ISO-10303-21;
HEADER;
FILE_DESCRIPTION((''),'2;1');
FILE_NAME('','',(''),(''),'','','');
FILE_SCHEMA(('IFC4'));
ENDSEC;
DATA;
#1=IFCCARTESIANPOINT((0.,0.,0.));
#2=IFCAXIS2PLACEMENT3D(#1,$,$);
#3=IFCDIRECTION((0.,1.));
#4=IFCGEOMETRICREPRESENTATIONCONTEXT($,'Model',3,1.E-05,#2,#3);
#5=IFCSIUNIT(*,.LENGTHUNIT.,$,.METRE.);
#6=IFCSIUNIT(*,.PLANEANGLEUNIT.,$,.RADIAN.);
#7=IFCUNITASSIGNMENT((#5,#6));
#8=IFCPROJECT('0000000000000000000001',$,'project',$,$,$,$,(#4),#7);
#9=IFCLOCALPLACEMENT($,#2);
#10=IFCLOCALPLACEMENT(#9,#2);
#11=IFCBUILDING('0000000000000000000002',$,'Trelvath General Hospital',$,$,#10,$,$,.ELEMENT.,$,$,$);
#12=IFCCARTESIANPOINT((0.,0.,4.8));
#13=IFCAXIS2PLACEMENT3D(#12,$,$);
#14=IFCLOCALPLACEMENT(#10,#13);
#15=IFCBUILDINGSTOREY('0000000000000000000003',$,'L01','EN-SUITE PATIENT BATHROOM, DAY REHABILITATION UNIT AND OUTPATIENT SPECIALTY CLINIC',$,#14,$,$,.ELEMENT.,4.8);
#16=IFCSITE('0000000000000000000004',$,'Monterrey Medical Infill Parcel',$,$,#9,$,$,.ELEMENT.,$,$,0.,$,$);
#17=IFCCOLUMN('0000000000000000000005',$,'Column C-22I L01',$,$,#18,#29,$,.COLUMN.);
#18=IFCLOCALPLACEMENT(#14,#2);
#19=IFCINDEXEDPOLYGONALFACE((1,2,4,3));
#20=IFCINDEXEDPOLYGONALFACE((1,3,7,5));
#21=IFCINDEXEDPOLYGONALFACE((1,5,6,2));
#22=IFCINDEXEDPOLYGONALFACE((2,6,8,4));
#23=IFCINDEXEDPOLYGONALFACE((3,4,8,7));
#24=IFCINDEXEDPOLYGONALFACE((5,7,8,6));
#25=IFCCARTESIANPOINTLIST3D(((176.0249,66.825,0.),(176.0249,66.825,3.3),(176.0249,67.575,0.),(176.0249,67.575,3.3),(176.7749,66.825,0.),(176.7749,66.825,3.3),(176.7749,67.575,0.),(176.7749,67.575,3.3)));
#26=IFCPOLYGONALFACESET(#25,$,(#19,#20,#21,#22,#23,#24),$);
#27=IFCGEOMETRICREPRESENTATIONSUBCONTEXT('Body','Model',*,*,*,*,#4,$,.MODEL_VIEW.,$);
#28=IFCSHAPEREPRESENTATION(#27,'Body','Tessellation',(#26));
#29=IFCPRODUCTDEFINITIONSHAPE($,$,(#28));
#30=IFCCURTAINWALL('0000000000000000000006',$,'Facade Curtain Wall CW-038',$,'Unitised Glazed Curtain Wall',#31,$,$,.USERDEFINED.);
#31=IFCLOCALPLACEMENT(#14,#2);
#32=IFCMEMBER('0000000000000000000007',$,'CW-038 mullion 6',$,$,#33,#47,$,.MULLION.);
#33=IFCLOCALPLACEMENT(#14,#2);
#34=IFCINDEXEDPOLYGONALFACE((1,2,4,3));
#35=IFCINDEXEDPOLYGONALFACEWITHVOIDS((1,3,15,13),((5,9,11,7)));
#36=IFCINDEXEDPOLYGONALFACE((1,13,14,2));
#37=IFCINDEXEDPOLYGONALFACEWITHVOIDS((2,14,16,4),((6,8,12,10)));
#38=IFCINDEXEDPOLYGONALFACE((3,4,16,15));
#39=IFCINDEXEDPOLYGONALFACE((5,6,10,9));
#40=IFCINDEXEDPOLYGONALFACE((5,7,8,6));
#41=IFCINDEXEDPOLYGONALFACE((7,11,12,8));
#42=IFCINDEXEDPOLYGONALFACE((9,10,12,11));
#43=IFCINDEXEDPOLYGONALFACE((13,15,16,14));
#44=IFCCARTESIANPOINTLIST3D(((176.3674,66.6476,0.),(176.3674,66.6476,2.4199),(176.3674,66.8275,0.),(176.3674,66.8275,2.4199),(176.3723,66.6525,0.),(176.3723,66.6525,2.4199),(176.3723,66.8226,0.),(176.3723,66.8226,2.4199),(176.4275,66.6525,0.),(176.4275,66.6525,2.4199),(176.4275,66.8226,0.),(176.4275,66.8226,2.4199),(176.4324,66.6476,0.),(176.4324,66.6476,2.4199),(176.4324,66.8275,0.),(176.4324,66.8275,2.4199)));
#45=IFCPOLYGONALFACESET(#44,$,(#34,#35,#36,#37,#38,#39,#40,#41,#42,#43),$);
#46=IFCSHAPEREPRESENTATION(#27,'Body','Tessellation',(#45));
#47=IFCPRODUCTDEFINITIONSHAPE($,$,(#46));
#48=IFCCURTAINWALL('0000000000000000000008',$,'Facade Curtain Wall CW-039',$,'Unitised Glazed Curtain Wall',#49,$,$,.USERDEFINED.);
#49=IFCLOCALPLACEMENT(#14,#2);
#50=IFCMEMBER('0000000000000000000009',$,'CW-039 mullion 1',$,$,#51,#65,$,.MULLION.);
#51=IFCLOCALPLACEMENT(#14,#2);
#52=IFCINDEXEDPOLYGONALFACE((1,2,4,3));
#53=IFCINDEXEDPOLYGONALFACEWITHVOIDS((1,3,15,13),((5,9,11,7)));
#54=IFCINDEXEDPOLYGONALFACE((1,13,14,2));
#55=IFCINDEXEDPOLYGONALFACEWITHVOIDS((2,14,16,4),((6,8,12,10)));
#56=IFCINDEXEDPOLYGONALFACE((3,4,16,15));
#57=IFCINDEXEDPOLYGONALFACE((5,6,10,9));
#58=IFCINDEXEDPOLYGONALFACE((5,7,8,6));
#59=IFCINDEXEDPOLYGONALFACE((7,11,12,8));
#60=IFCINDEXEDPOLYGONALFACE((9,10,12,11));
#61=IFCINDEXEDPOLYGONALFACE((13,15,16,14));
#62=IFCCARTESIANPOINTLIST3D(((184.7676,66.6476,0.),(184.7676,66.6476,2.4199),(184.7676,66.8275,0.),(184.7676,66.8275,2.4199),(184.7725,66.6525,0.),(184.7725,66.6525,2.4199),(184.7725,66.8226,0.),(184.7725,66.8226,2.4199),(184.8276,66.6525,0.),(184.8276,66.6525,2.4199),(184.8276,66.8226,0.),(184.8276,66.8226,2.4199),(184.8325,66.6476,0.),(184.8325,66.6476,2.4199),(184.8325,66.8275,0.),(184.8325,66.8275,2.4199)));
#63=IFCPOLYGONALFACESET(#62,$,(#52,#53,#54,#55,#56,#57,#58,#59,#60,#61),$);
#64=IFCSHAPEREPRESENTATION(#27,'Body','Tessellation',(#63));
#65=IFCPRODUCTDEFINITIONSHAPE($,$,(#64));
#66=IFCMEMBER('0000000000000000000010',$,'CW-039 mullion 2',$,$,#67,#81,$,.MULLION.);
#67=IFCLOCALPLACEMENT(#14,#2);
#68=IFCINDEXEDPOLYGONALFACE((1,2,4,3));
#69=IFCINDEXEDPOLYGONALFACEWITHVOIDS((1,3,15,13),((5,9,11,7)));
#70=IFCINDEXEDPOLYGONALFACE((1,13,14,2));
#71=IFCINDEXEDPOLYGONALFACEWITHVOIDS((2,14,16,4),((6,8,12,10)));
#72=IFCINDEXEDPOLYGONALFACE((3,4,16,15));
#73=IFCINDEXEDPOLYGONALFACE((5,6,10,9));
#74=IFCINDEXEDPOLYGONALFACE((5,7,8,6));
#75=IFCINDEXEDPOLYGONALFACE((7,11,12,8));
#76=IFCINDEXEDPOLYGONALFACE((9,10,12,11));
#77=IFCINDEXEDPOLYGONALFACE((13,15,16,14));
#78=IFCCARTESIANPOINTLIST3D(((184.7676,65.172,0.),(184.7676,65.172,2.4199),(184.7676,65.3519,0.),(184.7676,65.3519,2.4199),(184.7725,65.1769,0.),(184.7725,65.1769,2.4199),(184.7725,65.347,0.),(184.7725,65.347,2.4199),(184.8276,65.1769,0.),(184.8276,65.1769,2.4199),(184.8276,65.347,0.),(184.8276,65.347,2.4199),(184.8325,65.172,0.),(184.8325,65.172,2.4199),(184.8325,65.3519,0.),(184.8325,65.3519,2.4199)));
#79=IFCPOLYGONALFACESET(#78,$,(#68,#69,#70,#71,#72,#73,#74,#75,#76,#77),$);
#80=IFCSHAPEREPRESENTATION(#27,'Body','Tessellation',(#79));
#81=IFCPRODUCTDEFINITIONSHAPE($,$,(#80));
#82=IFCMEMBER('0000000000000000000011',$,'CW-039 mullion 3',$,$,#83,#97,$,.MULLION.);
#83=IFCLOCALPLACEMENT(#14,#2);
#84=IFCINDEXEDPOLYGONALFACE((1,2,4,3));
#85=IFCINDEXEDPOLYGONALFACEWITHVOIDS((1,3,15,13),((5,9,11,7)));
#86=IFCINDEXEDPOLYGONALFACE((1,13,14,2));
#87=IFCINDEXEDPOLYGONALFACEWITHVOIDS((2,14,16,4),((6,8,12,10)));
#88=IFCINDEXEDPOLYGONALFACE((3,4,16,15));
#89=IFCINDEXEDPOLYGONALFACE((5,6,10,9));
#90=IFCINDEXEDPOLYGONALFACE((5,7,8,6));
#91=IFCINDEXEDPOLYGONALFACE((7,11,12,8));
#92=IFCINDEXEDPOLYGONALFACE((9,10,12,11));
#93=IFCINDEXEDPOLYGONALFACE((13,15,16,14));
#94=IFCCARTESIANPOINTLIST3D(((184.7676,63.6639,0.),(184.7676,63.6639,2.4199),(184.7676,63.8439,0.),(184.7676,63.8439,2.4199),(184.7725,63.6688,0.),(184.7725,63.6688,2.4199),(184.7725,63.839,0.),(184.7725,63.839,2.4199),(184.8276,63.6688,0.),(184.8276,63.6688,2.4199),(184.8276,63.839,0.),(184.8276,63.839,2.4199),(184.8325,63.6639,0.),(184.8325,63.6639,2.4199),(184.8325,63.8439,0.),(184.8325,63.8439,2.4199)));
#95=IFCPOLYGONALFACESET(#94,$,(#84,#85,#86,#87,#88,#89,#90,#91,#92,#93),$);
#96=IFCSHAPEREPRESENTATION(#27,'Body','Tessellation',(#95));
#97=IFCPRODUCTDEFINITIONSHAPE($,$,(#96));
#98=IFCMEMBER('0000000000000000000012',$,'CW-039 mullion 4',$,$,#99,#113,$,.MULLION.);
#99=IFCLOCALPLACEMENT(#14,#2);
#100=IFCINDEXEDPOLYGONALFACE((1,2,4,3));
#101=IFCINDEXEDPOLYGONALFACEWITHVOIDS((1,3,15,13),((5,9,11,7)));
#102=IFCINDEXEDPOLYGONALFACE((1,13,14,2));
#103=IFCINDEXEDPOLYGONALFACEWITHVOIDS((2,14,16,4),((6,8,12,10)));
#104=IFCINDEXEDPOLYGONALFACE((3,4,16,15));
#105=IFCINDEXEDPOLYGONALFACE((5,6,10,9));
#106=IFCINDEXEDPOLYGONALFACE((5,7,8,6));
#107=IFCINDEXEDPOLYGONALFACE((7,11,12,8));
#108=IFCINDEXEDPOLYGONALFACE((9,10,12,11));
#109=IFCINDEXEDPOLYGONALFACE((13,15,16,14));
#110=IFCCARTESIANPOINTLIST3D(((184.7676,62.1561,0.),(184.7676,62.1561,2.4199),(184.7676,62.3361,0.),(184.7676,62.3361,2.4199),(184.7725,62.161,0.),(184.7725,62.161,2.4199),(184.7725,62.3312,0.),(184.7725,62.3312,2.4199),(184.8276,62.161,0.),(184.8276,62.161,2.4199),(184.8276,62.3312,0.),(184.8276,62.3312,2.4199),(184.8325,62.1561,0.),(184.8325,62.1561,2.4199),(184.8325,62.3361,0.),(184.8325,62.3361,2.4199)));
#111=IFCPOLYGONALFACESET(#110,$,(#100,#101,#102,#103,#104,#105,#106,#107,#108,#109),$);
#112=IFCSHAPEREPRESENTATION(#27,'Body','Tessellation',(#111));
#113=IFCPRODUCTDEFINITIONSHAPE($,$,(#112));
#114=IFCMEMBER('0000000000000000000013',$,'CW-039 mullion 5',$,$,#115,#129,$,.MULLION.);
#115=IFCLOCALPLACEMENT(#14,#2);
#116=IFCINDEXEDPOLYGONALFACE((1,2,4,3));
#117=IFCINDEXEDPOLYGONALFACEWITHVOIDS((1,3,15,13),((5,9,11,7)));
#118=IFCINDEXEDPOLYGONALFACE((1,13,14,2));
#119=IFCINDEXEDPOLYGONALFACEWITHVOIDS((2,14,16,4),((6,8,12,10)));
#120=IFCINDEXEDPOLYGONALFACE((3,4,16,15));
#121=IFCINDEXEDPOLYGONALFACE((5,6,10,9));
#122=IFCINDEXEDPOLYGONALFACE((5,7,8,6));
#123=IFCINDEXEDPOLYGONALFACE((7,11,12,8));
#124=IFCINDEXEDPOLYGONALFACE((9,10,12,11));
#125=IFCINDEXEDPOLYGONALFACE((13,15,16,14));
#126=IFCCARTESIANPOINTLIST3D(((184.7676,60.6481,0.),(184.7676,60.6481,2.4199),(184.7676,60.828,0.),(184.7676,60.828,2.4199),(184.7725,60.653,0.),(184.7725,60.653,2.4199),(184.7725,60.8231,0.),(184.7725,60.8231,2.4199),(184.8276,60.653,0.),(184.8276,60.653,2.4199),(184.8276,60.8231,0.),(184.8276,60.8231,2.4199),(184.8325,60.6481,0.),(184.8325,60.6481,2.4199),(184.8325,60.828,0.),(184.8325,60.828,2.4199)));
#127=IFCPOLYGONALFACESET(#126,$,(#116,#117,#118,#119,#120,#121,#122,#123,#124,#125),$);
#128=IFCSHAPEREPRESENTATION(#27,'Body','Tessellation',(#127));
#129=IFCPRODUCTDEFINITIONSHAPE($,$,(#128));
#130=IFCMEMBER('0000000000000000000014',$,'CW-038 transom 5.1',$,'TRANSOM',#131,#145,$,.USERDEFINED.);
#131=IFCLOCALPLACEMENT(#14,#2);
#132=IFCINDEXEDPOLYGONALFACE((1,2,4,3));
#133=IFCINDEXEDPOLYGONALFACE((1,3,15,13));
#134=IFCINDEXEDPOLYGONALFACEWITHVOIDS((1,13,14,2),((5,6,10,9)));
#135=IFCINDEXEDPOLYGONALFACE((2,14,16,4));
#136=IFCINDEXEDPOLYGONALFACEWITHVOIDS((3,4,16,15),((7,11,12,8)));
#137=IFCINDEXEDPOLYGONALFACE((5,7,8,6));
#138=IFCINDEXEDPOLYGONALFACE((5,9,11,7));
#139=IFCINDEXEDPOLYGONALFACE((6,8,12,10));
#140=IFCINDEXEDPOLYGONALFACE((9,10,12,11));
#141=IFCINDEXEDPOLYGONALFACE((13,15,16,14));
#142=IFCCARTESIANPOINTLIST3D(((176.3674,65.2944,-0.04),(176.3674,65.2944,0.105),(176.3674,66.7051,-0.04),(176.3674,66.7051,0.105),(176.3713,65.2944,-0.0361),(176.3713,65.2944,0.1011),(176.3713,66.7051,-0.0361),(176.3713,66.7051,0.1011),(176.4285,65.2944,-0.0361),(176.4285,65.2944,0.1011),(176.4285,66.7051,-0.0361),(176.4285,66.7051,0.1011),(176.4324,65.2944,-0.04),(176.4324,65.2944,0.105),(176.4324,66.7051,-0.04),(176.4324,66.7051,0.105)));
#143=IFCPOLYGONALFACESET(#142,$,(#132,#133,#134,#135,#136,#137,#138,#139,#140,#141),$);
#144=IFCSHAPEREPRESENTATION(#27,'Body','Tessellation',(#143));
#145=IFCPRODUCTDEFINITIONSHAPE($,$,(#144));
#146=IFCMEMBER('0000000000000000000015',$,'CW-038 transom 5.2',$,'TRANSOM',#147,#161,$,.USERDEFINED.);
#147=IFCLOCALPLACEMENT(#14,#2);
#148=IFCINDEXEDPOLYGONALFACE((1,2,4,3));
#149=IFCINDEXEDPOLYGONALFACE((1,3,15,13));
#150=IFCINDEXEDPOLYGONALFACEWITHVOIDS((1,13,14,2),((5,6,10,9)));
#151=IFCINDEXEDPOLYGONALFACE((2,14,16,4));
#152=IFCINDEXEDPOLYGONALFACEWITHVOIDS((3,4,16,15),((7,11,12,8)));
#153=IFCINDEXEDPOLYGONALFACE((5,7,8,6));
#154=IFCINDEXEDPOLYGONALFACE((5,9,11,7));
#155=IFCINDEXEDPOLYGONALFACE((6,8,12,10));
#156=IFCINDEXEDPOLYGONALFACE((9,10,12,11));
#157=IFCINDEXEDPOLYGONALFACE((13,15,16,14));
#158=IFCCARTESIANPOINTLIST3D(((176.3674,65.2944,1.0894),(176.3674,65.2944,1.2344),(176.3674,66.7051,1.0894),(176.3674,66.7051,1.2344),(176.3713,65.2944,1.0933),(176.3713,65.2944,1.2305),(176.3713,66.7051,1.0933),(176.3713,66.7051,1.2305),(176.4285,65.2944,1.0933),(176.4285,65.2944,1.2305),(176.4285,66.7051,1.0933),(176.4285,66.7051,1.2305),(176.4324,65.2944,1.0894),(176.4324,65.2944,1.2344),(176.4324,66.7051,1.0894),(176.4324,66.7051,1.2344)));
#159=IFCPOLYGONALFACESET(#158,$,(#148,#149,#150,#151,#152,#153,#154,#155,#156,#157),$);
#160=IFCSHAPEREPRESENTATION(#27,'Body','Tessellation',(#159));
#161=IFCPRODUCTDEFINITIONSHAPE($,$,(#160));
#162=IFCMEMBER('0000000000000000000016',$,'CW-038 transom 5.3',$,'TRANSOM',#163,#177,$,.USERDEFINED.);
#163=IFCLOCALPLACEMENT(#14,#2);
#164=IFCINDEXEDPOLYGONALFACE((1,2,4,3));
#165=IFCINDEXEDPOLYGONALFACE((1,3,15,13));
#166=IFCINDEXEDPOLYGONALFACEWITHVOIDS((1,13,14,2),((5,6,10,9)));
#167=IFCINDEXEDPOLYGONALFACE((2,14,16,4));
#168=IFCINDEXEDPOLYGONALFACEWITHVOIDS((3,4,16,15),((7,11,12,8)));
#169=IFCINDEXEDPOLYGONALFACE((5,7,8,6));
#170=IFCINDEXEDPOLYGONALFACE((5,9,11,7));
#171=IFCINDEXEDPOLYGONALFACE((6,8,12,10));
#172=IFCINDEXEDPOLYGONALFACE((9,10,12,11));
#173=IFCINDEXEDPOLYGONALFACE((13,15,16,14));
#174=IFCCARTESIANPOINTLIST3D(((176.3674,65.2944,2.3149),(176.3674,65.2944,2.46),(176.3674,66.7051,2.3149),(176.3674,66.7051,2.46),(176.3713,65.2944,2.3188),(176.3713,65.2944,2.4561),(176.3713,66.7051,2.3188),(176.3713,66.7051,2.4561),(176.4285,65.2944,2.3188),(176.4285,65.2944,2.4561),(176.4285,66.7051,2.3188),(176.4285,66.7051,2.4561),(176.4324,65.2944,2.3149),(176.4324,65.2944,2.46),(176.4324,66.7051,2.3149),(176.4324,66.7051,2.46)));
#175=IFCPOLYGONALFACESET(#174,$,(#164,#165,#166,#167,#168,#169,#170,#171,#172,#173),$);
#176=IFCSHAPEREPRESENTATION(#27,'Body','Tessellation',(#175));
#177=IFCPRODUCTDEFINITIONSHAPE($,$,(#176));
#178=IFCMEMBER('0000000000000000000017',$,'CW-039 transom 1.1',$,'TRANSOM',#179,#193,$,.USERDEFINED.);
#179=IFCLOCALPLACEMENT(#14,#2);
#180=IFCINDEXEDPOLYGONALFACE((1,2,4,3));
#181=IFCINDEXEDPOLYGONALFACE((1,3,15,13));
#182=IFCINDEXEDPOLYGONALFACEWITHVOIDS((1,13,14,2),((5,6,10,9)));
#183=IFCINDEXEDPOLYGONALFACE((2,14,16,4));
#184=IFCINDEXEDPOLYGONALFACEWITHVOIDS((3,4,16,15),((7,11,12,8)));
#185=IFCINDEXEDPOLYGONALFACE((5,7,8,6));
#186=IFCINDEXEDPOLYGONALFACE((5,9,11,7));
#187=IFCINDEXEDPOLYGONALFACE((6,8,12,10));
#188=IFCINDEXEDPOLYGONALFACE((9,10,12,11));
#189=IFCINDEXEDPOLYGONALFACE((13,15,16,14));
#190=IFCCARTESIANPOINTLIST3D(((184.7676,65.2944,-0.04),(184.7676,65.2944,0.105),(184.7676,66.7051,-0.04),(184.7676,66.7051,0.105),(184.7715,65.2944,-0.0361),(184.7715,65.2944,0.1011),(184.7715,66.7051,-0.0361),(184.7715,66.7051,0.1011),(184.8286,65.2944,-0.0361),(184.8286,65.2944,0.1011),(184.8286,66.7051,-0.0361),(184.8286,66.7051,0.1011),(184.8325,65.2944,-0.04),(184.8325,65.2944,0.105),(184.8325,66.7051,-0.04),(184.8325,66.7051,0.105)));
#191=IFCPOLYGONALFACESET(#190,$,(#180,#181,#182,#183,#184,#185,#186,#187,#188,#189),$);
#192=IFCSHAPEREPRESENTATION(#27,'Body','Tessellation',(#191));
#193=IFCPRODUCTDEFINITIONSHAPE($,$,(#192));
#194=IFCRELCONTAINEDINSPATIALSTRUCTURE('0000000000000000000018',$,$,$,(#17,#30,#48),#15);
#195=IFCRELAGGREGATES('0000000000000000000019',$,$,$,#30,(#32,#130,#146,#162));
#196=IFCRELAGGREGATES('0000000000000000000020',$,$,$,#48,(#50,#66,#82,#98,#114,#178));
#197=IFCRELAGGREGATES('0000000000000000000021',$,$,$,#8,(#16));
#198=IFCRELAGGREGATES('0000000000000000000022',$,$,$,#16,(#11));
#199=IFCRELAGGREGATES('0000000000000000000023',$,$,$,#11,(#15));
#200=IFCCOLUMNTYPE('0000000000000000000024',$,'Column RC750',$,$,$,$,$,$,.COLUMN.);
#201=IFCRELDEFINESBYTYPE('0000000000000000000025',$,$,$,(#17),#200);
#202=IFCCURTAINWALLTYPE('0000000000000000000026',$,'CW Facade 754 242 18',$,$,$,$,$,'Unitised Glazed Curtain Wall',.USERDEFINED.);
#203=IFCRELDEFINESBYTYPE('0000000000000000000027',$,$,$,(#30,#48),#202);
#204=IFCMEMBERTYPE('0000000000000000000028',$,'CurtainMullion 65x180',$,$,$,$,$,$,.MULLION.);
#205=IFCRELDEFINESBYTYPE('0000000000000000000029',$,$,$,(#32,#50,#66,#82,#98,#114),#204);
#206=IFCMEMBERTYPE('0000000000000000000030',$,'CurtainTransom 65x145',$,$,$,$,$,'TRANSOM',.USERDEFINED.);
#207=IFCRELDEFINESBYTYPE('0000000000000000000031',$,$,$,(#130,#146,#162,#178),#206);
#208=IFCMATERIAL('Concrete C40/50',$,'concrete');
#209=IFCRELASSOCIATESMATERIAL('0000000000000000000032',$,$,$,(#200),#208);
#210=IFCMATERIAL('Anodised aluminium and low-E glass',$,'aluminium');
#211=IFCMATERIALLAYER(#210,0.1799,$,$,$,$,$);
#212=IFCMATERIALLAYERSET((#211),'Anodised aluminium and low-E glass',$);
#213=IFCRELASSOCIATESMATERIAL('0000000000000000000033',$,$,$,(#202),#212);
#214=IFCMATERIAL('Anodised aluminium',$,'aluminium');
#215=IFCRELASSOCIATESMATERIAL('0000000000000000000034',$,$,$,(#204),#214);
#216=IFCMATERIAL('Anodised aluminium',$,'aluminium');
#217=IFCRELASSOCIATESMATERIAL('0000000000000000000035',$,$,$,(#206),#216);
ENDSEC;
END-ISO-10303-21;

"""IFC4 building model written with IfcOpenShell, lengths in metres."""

from ifc_helpers import new_model, si_unit, direction, frame, origin, origin_2d, place, context, subcontext, project, spatial, rectangle, hollow_rectangle, extrude, material, layer, layer_set, material_profile, profile_set, type_object, element, aggregate, save


model = new_model("IFC4")

# Units and contexts
model_context = context("Model", 3, precision=1e-05, world=origin(), true_north=direction((0.0, 1.0)))
body_context = subcontext(model_context, "Body", "Model", "MODEL_VIEW")
ifc_project = project(units=[si_unit("LENGTHUNIT", "METRE"), si_unit("PLANEANGLEUNIT", "RADIAN")], contexts=[model_context])

# Site, building, storey
site_placement = place(None, origin())
site = spatial("IfcSite", under=ifc_project, at=site_placement, Name="Monterrey Medical Infill Parcel", CompositionType="ELEMENT", RefElevation=0.0)
building_placement = place(site_placement, origin())
building = spatial("IfcBuilding", under=site, at=building_placement, Name="Trelvath General Hospital", CompositionType="ELEMENT")
storey_placement = place(building_placement, frame((0.0, 0.0, 4.8)))
storey = spatial("IfcBuildingStorey", under=building, at=storey_placement, Name="L01", Description="EN-SUITE PATIENT BATHROOM, DAY REHABILITATION UNIT AND OUTPATIENT SPECIALTY CLINIC", CompositionType="ELEMENT", Elevation=4.8)

# Column
ifc_material_1 = material(Name="Concrete C40/50", Category="concrete")
ifc_material_profile_1 = material_profile(ifc_material_1, rectangle(XDim=0.75, YDim=0.75, at=origin_2d()), Name="RC750x750")
ifc_profile_set_1 = profile_set([ifc_material_profile_1], Name="Concrete C40/50")
column_type = type_object("IfcColumnType", Name="Column RC750", PredefinedType="COLUMN", material=ifc_profile_set_1)
column_placement = place(storey_placement, frame((176.3999, 67.2, 0.0), z_axis=(0.0, 0.0, 1.0), x_axis=(1.0, 0.0, 0.0)))
element("IfcColumn", 1, at=column_placement, inside=storey, type_object=column_type, Name="Column C-22I L01", PredefinedType="COLUMN", context=body_context, shape_type="SweptSolid", body=[
    extrude(rectangle(XDim=0.75, YDim=0.75, at=origin_2d()), origin(), (0.0, 0.0, 1.0), 3.3),
])

# Curtain wall, member
ifc_material_2 = material(Name="Anodised aluminium and low-E glass", Category="aluminium")
ifc_layer_1 = layer(ifc_material_2, 0.1799)
ifc_layer_set_1 = layer_set([ifc_layer_1], Name="Anodised aluminium and low-E glass")
curtain_wall_type = type_object("IfcCurtainWallType", Name="CW Facade 754 242 18", ElementType="Unitised Glazed Curtain Wall", PredefinedType="USERDEFINED", material=ifc_layer_set_1)
curtain_wall_1_placement = place(storey_placement, origin())
curtain_wall_1 = element("IfcCurtainWall", 2, at=curtain_wall_1_placement, inside=storey, type_object=curtain_wall_type, Name="Facade Curtain Wall CW-038", ObjectType="Unitised Glazed Curtain Wall", PredefinedType="USERDEFINED")
ifc_material_3 = material(Name="Anodised aluminium", Category="aluminium")
ifc_material_profile_2 = material_profile(ifc_material_3, hollow_rectangle(XDim=0.0649, YDim=0.1799, WallThickness=0.0049, at=origin_2d()), Name="RHS65x180x5")
ifc_profile_set_2 = profile_set([ifc_material_profile_2], Name="Anodised aluminium")
member_type_1 = type_object("IfcMemberType", Name="CurtainMullion 65x180", PredefinedType="MULLION", material=ifc_profile_set_2)
member_1_placement = place(storey_placement, frame((176.3999, 66.7375, 0.0), z_axis=(0.0, 0.0, 1.0), x_axis=(-1.0, 0.0, 0.0)))
member_1 = element("IfcMember", 3, at=member_1_placement, type_object=member_type_1, Name="CW-038 mullion 6", PredefinedType="MULLION", context=body_context, shape_type="SweptSolid", body=[
    extrude(hollow_rectangle(XDim=0.0649, YDim=0.1799, WallThickness=0.0049, at=origin_2d()), origin(), (0.0, 0.0, 1.0), 2.4199),
])

# Curtain wall, members
curtain_wall_2_placement = place(storey_placement, origin())
curtain_wall_2 = element("IfcCurtainWall", 4, at=curtain_wall_2_placement, inside=storey, type_object=curtain_wall_type, Name="Facade Curtain Wall CW-039", ObjectType="Unitised Glazed Curtain Wall", PredefinedType="USERDEFINED")
member_2_placement = place(storey_placement, frame((184.8, 66.7375, 0.0), z_axis=(0.0, 0.0, 1.0), x_axis=(1.0, 0.0, 0.0)))
member_2 = element("IfcMember", 5, at=member_2_placement, type_object=member_type_1, Name="CW-039 mullion 1", PredefinedType="MULLION", context=body_context, shape_type="SweptSolid", body=[
    extrude(hollow_rectangle(XDim=0.0649, YDim=0.1799, WallThickness=0.0049, at=origin_2d()), origin(), (0.0, 0.0, 1.0), 2.4199),
])
member_3_placement = place(storey_placement, frame((184.8, 65.262, 0.0), z_axis=(0.0, 0.0, 1.0), x_axis=(1.0, 0.0, 0.0)))
member_3 = element("IfcMember", 6, at=member_3_placement, type_object=member_type_1, Name="CW-039 mullion 2", PredefinedType="MULLION", context=body_context, shape_type="SweptSolid", body=[
    extrude(hollow_rectangle(XDim=0.0649, YDim=0.1799, WallThickness=0.0049, at=origin_2d()), origin(), (0.0, 0.0, 1.0), 2.4199),
])
member_4_placement = place(storey_placement, frame((184.8, 63.7539, 0.0), z_axis=(0.0, 0.0, 1.0), x_axis=(1.0, 0.0, 0.0)))
member_4 = element("IfcMember", 7, at=member_4_placement, type_object=member_type_1, Name="CW-039 mullion 3", PredefinedType="MULLION", context=body_context, shape_type="SweptSolid", body=[
    extrude(hollow_rectangle(XDim=0.0649, YDim=0.1799, WallThickness=0.0049, at=origin_2d()), origin(), (0.0, 0.0, 1.0), 2.4199),
])
member_5_placement = place(storey_placement, frame((184.8, 62.2461, 0.0), z_axis=(0.0, 0.0, 1.0), x_axis=(1.0, 0.0, 0.0)))
member_5 = element("IfcMember", 8, at=member_5_placement, type_object=member_type_1, Name="CW-039 mullion 4", PredefinedType="MULLION", context=body_context, shape_type="SweptSolid", body=[
    extrude(hollow_rectangle(XDim=0.0649, YDim=0.1799, WallThickness=0.0049, at=origin_2d()), origin(), (0.0, 0.0, 1.0), 2.4199),
])
member_6_placement = place(storey_placement, frame((184.8, 60.738, 0.0), z_axis=(0.0, 0.0, 1.0), x_axis=(1.0, 0.0, 0.0)))
member_6 = element("IfcMember", 9, at=member_6_placement, type_object=member_type_1, Name="CW-039 mullion 5", PredefinedType="MULLION", context=body_context, shape_type="SweptSolid", body=[
    extrude(hollow_rectangle(XDim=0.0649, YDim=0.1799, WallThickness=0.0049, at=origin_2d()), origin(), (0.0, 0.0, 1.0), 2.4199),
])

# Members
ifc_material_4 = material(Name="Anodised aluminium", Category="aluminium")
ifc_material_profile_3 = material_profile(ifc_material_4, hollow_rectangle(XDim=0.0649, YDim=0.145, WallThickness=0.0039, at=origin_2d()), Name="RHS65x145x4")
ifc_profile_set_3 = profile_set([ifc_material_profile_3], Name="Anodised aluminium")
member_type_2 = type_object("IfcMemberType", Name="CurtainTransom 65x145", ElementType="TRANSOM", PredefinedType="USERDEFINED", material=ifc_profile_set_3)
member_7_placement = place(storey_placement, frame((176.3999, 65.2944, 0.0325), z_axis=(0.0, 1.0, 0.0), x_axis=(-1.0, 0.0, 0.0)))
member_7 = element("IfcMember", 10, at=member_7_placement, type_object=member_type_2, Name="CW-038 transom 5.1", ObjectType="TRANSOM", PredefinedType="USERDEFINED", context=body_context, shape_type="SweptSolid", body=[
    extrude(hollow_rectangle(XDim=0.0649, YDim=0.145, WallThickness=0.0039, at=origin_2d()), origin(), (0.0, 0.0, 1.0), 1.4106),
])
member_8_placement = place(storey_placement, frame((176.3999, 65.2944, 1.1619), z_axis=(0.0, 1.0, 0.0), x_axis=(-1.0, 0.0, 0.0)))
member_8 = element("IfcMember", 11, at=member_8_placement, type_object=member_type_2, Name="CW-038 transom 5.2", ObjectType="TRANSOM", PredefinedType="USERDEFINED", context=body_context, shape_type="SweptSolid", body=[
    extrude(hollow_rectangle(XDim=0.0649, YDim=0.145, WallThickness=0.0039, at=origin_2d()), origin(), (0.0, 0.0, 1.0), 1.4106),
])
member_9_placement = place(storey_placement, frame((176.3999, 65.2944, 2.3875), z_axis=(0.0, 1.0, 0.0), x_axis=(-1.0, 0.0, 0.0)))
member_9 = element("IfcMember", 12, at=member_9_placement, type_object=member_type_2, Name="CW-038 transom 5.3", ObjectType="TRANSOM", PredefinedType="USERDEFINED", context=body_context, shape_type="SweptSolid", body=[
    extrude(hollow_rectangle(XDim=0.0649, YDim=0.145, WallThickness=0.0039, at=origin_2d()), origin(), (0.0, 0.0, 1.0), 1.4106),
])
member_10_placement = place(storey_placement, frame((184.8, 66.7051, 0.0325), z_axis=(0.0, -1.0, 0.0), x_axis=(1.0, 0.0, 0.0)))
member_10 = element("IfcMember", 13, at=member_10_placement, type_object=member_type_2, Name="CW-039 transom 1.1", ObjectType="TRANSOM", PredefinedType="USERDEFINED", context=body_context, shape_type="SweptSolid", body=[
    extrude(hollow_rectangle(XDim=0.0649, YDim=0.145, WallThickness=0.0039, at=origin_2d()), origin(), (0.0, 0.0, 1.0), 1.4106),
])

aggregate(curtain_wall_1, [member_1, member_7, member_8, member_9])
aggregate(curtain_wall_2, [member_2, member_3, member_4, member_5, member_6, member_10])

save(model, "model.ifc")
